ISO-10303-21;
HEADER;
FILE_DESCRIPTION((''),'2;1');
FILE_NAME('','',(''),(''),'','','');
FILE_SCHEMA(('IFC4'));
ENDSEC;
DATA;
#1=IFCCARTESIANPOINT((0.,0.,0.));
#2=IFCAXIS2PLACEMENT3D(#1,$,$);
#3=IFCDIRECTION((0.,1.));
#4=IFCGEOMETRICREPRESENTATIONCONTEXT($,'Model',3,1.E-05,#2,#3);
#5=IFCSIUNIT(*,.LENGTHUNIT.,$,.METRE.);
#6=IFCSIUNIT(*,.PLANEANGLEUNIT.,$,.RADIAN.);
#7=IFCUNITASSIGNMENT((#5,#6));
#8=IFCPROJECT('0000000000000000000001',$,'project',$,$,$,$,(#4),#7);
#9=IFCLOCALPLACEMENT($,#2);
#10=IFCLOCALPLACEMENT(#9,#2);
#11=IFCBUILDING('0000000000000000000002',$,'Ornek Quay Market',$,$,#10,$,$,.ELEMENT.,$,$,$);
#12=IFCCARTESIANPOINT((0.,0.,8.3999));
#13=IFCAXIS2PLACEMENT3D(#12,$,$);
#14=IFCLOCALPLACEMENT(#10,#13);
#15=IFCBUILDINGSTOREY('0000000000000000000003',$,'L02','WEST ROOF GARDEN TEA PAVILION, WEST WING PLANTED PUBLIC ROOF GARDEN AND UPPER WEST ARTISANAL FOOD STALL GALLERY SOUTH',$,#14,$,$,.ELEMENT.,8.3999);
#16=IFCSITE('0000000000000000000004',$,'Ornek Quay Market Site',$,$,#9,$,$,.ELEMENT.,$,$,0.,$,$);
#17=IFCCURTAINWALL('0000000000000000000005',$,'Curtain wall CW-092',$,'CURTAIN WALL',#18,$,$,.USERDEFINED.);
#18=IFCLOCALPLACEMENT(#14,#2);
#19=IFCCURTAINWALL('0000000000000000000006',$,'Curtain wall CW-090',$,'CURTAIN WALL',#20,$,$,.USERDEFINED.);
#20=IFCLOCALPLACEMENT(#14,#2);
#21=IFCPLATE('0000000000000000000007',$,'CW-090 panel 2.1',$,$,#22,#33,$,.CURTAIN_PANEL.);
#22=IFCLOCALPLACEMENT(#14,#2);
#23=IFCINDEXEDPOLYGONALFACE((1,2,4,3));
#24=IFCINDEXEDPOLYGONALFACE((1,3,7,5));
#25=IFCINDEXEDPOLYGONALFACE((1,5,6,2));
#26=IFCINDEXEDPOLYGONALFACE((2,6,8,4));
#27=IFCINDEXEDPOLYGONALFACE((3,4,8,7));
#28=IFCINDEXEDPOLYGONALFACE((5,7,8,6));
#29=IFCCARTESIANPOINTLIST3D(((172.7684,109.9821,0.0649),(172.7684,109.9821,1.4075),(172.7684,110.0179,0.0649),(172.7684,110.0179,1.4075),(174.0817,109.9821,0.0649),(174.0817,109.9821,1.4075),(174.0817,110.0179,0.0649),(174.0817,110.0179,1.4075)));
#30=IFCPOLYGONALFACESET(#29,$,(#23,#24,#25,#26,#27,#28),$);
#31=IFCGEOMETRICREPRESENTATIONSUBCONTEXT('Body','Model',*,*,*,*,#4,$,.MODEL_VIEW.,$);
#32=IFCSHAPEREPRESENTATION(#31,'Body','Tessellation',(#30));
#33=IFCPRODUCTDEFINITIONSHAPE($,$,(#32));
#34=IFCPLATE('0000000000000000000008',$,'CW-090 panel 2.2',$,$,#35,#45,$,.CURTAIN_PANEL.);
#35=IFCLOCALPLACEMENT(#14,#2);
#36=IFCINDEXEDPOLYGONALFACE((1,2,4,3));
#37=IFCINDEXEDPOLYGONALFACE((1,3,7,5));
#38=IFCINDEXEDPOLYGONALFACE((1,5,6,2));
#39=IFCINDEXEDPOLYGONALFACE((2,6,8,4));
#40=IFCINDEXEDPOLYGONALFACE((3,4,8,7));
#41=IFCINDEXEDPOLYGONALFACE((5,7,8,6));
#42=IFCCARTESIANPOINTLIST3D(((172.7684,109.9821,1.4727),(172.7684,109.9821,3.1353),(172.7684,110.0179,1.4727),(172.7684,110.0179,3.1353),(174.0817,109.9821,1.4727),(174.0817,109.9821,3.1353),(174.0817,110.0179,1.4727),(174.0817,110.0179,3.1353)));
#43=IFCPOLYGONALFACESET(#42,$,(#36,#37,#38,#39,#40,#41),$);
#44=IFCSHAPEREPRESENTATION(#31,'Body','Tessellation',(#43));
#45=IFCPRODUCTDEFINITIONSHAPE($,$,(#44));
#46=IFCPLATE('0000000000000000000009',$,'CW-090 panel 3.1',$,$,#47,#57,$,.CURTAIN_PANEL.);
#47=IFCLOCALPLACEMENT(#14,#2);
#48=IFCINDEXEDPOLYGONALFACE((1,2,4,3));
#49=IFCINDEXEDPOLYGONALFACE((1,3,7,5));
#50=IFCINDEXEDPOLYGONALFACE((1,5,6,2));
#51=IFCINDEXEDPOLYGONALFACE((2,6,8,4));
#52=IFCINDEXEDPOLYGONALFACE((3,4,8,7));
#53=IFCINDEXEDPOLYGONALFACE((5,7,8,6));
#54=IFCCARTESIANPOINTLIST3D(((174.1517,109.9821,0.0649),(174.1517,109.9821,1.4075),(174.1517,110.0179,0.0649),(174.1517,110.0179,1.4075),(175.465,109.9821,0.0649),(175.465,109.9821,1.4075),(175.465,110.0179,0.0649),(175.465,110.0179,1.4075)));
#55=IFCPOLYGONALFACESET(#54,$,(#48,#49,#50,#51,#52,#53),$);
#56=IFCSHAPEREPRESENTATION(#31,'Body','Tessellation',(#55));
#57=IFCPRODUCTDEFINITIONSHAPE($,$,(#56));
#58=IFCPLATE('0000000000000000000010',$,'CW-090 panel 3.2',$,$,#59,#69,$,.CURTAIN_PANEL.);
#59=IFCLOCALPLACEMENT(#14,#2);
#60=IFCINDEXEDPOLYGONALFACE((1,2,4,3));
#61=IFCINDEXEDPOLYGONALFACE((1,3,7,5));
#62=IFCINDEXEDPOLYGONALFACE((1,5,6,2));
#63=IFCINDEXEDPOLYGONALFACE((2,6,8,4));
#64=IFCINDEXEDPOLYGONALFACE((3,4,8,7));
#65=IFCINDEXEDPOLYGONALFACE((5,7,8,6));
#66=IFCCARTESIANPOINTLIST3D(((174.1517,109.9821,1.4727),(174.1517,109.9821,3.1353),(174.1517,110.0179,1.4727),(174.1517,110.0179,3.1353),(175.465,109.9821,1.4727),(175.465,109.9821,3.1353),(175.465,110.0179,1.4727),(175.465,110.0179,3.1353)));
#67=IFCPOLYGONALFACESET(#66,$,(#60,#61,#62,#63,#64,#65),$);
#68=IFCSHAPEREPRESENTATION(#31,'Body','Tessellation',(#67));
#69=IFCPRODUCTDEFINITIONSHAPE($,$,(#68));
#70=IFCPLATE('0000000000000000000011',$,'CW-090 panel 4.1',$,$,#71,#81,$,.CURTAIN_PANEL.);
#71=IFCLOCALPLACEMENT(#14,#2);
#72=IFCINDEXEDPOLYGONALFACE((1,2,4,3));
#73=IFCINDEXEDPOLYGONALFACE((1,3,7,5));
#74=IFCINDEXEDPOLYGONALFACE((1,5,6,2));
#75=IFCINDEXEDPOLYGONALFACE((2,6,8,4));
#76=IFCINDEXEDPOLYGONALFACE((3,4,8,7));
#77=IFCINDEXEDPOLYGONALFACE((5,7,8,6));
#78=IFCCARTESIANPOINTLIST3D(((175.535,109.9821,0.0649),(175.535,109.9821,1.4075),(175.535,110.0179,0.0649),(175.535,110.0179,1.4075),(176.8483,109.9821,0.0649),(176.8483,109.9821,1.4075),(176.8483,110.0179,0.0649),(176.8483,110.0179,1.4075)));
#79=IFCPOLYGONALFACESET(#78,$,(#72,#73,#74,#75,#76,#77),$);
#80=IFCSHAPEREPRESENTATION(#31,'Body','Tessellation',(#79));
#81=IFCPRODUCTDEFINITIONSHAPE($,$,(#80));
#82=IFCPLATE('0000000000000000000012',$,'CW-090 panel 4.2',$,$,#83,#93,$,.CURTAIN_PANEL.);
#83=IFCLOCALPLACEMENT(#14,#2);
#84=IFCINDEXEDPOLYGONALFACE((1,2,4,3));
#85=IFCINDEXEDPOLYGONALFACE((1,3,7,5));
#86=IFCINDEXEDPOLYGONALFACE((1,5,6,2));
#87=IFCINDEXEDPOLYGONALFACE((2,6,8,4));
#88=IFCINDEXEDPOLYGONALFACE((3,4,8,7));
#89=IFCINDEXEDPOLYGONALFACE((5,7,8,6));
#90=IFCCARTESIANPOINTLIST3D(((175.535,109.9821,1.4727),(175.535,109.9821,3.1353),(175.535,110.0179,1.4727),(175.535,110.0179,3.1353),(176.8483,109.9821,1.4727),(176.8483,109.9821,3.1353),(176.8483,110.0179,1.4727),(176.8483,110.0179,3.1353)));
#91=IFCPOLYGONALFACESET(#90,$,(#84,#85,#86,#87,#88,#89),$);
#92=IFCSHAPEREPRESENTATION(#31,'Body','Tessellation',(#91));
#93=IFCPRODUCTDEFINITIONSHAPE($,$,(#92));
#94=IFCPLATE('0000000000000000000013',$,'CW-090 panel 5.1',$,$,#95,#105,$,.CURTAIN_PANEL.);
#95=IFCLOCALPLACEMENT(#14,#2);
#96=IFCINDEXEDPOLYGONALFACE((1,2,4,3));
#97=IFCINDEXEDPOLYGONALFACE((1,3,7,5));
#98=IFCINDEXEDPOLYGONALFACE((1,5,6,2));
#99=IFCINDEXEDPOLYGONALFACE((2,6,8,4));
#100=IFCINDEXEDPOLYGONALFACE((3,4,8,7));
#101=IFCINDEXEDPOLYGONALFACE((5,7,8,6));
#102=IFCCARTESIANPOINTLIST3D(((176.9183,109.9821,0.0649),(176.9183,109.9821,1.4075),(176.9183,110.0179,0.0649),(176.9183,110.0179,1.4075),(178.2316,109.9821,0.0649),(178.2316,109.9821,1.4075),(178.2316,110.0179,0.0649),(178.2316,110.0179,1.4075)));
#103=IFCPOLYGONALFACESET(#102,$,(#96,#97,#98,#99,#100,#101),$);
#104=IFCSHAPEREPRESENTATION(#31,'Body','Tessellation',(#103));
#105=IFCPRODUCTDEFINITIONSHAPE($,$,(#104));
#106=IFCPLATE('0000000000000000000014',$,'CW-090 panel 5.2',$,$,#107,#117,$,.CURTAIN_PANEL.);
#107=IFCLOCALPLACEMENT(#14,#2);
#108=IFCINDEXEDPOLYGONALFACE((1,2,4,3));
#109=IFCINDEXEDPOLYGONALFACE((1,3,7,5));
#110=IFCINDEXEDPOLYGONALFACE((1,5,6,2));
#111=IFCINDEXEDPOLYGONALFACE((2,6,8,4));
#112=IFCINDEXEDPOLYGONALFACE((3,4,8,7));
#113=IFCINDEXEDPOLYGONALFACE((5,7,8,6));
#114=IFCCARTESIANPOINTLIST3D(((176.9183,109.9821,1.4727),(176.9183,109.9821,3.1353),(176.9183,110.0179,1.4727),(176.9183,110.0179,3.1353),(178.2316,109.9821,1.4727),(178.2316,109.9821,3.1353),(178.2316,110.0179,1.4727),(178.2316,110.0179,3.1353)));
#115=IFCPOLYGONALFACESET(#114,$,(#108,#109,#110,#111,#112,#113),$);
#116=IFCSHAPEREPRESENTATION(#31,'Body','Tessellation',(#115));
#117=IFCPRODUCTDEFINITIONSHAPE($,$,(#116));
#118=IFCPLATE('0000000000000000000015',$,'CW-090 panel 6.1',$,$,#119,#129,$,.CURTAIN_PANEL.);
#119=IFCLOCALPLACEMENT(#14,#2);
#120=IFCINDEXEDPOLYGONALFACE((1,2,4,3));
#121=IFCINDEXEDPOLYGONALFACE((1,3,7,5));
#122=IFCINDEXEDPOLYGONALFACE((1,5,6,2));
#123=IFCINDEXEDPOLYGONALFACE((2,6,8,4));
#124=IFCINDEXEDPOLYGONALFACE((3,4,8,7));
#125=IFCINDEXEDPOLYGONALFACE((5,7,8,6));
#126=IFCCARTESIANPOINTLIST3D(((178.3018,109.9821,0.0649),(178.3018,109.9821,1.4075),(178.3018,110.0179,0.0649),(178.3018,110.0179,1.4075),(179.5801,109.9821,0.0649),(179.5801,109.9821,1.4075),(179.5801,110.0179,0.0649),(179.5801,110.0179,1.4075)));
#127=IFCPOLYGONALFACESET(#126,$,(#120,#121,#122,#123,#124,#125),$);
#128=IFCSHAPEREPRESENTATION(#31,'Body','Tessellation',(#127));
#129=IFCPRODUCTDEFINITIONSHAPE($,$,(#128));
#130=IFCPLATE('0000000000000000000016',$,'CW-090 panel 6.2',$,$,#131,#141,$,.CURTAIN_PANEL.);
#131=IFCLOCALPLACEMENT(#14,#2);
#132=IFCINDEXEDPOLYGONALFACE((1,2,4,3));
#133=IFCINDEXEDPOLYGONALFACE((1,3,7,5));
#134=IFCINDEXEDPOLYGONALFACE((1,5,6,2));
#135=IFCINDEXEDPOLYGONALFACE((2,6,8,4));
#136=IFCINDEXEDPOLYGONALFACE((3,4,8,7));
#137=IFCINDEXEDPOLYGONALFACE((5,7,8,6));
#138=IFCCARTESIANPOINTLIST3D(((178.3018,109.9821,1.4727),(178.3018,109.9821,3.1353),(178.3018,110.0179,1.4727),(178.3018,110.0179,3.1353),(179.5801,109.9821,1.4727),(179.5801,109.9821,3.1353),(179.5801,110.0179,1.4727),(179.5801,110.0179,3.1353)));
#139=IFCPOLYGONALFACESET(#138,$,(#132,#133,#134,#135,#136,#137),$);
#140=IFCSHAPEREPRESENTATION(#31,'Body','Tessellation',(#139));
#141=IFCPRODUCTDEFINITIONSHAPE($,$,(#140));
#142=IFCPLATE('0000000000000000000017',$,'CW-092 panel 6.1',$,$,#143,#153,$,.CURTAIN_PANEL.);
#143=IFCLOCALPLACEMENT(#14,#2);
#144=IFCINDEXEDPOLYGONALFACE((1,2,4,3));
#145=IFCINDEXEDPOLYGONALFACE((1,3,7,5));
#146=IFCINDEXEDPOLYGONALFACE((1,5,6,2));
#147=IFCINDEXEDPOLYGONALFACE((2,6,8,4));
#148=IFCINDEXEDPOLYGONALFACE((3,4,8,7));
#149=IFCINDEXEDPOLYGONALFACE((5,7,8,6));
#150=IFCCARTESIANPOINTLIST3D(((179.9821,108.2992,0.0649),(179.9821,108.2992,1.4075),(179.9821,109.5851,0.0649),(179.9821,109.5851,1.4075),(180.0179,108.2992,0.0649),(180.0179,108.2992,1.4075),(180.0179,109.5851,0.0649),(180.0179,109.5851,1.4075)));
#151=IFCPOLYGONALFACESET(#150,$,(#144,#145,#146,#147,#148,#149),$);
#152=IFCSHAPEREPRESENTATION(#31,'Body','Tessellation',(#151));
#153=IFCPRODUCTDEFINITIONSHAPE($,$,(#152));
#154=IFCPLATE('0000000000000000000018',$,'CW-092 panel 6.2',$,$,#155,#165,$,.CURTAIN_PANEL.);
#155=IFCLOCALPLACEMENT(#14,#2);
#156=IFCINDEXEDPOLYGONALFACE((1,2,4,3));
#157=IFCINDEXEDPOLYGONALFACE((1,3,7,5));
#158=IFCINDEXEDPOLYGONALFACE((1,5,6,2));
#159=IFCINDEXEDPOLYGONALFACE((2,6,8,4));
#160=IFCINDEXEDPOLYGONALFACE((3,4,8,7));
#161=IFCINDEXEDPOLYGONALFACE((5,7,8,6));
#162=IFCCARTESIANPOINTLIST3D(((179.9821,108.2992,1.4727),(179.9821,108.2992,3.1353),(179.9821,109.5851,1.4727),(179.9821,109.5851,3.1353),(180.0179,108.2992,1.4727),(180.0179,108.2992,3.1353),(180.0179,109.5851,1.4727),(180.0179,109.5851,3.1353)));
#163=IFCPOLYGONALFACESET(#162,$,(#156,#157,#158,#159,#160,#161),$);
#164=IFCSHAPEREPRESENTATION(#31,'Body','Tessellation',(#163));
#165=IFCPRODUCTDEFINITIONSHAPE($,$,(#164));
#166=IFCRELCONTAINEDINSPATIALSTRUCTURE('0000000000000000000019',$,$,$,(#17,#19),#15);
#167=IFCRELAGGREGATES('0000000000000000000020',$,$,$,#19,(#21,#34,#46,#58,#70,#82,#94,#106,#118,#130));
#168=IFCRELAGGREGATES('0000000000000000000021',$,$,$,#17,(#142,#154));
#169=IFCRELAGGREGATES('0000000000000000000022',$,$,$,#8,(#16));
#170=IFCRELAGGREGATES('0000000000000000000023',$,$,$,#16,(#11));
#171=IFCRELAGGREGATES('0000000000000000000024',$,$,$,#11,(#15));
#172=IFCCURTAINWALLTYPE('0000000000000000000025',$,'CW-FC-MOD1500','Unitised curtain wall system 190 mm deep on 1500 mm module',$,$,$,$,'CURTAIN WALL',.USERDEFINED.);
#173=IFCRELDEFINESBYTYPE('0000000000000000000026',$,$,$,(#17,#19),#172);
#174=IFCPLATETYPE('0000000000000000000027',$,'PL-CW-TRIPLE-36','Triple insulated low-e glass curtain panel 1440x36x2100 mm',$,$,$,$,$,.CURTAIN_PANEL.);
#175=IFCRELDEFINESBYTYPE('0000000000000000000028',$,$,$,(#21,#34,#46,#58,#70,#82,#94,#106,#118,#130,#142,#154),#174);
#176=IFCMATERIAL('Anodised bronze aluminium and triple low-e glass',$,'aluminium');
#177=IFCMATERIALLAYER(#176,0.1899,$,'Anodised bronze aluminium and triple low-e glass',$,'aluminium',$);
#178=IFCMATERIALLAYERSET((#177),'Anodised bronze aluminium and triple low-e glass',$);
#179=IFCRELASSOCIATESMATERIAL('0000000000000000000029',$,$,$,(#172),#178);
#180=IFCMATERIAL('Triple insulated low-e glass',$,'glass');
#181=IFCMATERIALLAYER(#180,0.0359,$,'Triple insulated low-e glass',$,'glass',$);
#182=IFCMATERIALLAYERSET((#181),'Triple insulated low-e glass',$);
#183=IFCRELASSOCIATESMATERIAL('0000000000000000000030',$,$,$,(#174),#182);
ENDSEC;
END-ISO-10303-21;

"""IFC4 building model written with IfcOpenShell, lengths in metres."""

from ifc_helpers import new_model, si_unit, direction, frame, origin, origin_2d, place, context, subcontext, project, spatial, rectangle, extrude, material, layer, layer_set, type_object, element, aggregate, save


model = new_model("IFC4")

# Units and contexts
model_context = context("Model", 3, precision=1e-05, world=origin(), true_north=direction((0.0, 1.0)))
body_context = subcontext(model_context, "Body", "Model", "MODEL_VIEW")
ifc_project = project(units=[si_unit("LENGTHUNIT", "METRE"), si_unit("PLANEANGLEUNIT", "RADIAN")], contexts=[model_context])

# Site, building, storey
site_placement = place(None, origin())
site = spatial("IfcSite", under=ifc_project, at=site_placement, Name="Ornek Quay Market Site", CompositionType="ELEMENT", RefElevation=0.0)
building_placement = place(site_placement, origin())
building = spatial("IfcBuilding", under=site, at=building_placement, Name="Ornek Quay Market", CompositionType="ELEMENT")
storey_placement = place(building_placement, frame((0.0, 0.0, 8.3999)))
storey = spatial("IfcBuildingStorey", under=building, at=storey_placement, Name="L02", Description="WEST ROOF GARDEN TEA PAVILION, WEST WING PLANTED PUBLIC ROOF GARDEN AND UPPER WEST ARTISANAL FOOD STALL GALLERY SOUTH", CompositionType="ELEMENT", Elevation=8.3999)

# Curtain wall
ifc_material_1 = material(Name="Anodised bronze aluminium and triple low-e glass", Category="aluminium")
ifc_layer_1 = layer(ifc_material_1, 0.1899, Name="Anodised bronze aluminium and triple low-e glass", Category="aluminium")
ifc_layer_set_1 = layer_set([ifc_layer_1], Name="Anodised bronze aluminium and triple low-e glass")
curtain_wall_type = type_object("IfcCurtainWallType", Name="CW-FC-MOD1500", Description="Unitised curtain wall system 190 mm deep on 1500 mm module", ElementType="CURTAIN WALL", PredefinedType="USERDEFINED", material=ifc_layer_set_1)
curtain_wall_1_placement = place(storey_placement, origin())
curtain_wall_1 = element("IfcCurtainWall", 1, at=curtain_wall_1_placement, inside=storey, type_object=curtain_wall_type, Name="Curtain wall CW-092", ObjectType="CURTAIN WALL", PredefinedType="USERDEFINED")

# Curtain wall, plates
curtain_wall_2_placement = place(storey_placement, origin())
curtain_wall_2 = element("IfcCurtainWall", 2, at=curtain_wall_2_placement, inside=storey, type_object=curtain_wall_type, Name="Curtain wall CW-090", ObjectType="CURTAIN WALL", PredefinedType="USERDEFINED")
ifc_material_2 = material(Name="Triple insulated low-e glass", Category="glass")
ifc_layer_2 = layer(ifc_material_2, 0.0359, Name="Triple insulated low-e glass", Category="glass")
ifc_layer_set_2 = layer_set([ifc_layer_2], Name="Triple insulated low-e glass")
plate_type = type_object("IfcPlateType", Name="PL-CW-TRIPLE-36", Description="Triple insulated low-e glass curtain panel 1440x36x2100 mm", PredefinedType="CURTAIN_PANEL", material=ifc_layer_set_2)
plate_1_placement = place(storey_placement, frame((173.425, 110.0, 0.0649), z_axis=(0.0, 0.0, 1.0), x_axis=(1.0, 0.0, 0.0)))
plate_1 = element("IfcPlate", 3, at=plate_1_placement, type_object=plate_type, Name="CW-090 panel 2.1", PredefinedType="CURTAIN_PANEL", context=body_context, shape_type="SweptSolid", body=[
    extrude(rectangle(XDim=1.3132, YDim=0.0359, at=origin_2d()), origin(), (0.0, 0.0, 1.0), 1.3425),
])
plate_2_placement = place(storey_placement, frame((173.425, 110.0, 1.4727), z_axis=(0.0, 0.0, 1.0), x_axis=(1.0, 0.0, 0.0)))
plate_2 = element("IfcPlate", 4, at=plate_2_placement, type_object=plate_type, Name="CW-090 panel 2.2", PredefinedType="CURTAIN_PANEL", context=body_context, shape_type="SweptSolid", body=[
    extrude(rectangle(XDim=1.3132, YDim=0.0359, at=origin_2d()), origin(), (0.0, 0.0, 1.0), 1.6626),
])
plate_3_placement = place(storey_placement, frame((174.8083, 110.0, 0.0649), z_axis=(0.0, 0.0, 1.0), x_axis=(1.0, 0.0, 0.0)))
plate_3 = element("IfcPlate", 5, at=plate_3_placement, type_object=plate_type, Name="CW-090 panel 3.1", PredefinedType="CURTAIN_PANEL", context=body_context, shape_type="SweptSolid", body=[
    extrude(rectangle(XDim=1.3132, YDim=0.0359, at=origin_2d()), origin(), (0.0, 0.0, 1.0), 1.3425),
])
plate_4_placement = place(storey_placement, frame((174.8083, 110.0, 1.4727), z_axis=(0.0, 0.0, 1.0), x_axis=(1.0, 0.0, 0.0)))
plate_4 = element("IfcPlate", 6, at=plate_4_placement, type_object=plate_type, Name="CW-090 panel 3.2", PredefinedType="CURTAIN_PANEL", context=body_context, shape_type="SweptSolid", body=[
    extrude(rectangle(XDim=1.3132, YDim=0.0359, at=origin_2d()), origin(), (0.0, 0.0, 1.0), 1.6626),
])
plate_5_placement = place(storey_placement, frame((176.1917, 110.0, 0.0649), z_axis=(0.0, 0.0, 1.0), x_axis=(1.0, 0.0, 0.0)))
plate_5 = element("IfcPlate", 7, at=plate_5_placement, type_object=plate_type, Name="CW-090 panel 4.1", PredefinedType="CURTAIN_PANEL", context=body_context, shape_type="SweptSolid", body=[
    extrude(rectangle(XDim=1.3132, YDim=0.0359, at=origin_2d()), origin(), (0.0, 0.0, 1.0), 1.3425),
])
plate_6_placement = place(storey_placement, frame((176.1917, 110.0, 1.4727), z_axis=(0.0, 0.0, 1.0), x_axis=(1.0, 0.0, 0.0)))
plate_6 = element("IfcPlate", 8, at=plate_6_placement, type_object=plate_type, Name="CW-090 panel 4.2", PredefinedType="CURTAIN_PANEL", context=body_context, shape_type="SweptSolid", body=[
    extrude(rectangle(XDim=1.3132, YDim=0.0359, at=origin_2d()), origin(), (0.0, 0.0, 1.0), 1.6626),
])
plate_7_placement = place(storey_placement, frame((177.575, 110.0, 0.0649), z_axis=(0.0, 0.0, 1.0), x_axis=(1.0, 0.0, 0.0)))
plate_7 = element("IfcPlate", 9, at=plate_7_placement, type_object=plate_type, Name="CW-090 panel 5.1", PredefinedType="CURTAIN_PANEL", context=body_context, shape_type="SweptSolid", body=[
    extrude(rectangle(XDim=1.3132, YDim=0.0359, at=origin_2d()), origin(), (0.0, 0.0, 1.0), 1.3425),
])
plate_8_placement = place(storey_placement, frame((177.575, 110.0, 1.4727), z_axis=(0.0, 0.0, 1.0), x_axis=(1.0, 0.0, 0.0)))
plate_8 = element("IfcPlate", 10, at=plate_8_placement, type_object=plate_type, Name="CW-090 panel 5.2", PredefinedType="CURTAIN_PANEL", context=body_context, shape_type="SweptSolid", body=[
    extrude(rectangle(XDim=1.3132, YDim=0.0359, at=origin_2d()), origin(), (0.0, 0.0, 1.0), 1.6626),
])
plate_9_placement = place(storey_placement, frame((178.9409, 110.0, 0.0649), z_axis=(0.0, 0.0, 1.0), x_axis=(1.0, 0.0, 0.0)))
plate_9 = element("IfcPlate", 11, at=plate_9_placement, type_object=plate_type, Name="CW-090 panel 6.1", PredefinedType="CURTAIN_PANEL", context=body_context, shape_type="SweptSolid", body=[
    extrude(rectangle(XDim=1.2783, YDim=0.0359, at=origin_2d()), origin(), (0.0, 0.0, 1.0), 1.3425),
])
plate_10_placement = place(storey_placement, frame((178.9409, 110.0, 1.4727), z_axis=(0.0, 0.0, 1.0), x_axis=(1.0, 0.0, 0.0)))
plate_10 = element("IfcPlate", 12, at=plate_10_placement, type_object=plate_type, Name="CW-090 panel 6.2", PredefinedType="CURTAIN_PANEL", context=body_context, shape_type="SweptSolid", body=[
    extrude(rectangle(XDim=1.2783, YDim=0.0359, at=origin_2d()), origin(), (0.0, 0.0, 1.0), 1.6626),
])
aggregate(curtain_wall_2, [plate_1, plate_2, plate_3, plate_4, plate_5, plate_6, plate_7, plate_8, plate_9, plate_10])

# Plates
plate_11_placement = place(storey_placement, frame((180.0, 108.9421, 0.0649), z_axis=(0.0, 0.0, 1.0), x_axis=(0.0, 1.0, 0.0)))
plate_11 = element("IfcPlate", 13, at=plate_11_placement, type_object=plate_type, Name="CW-092 panel 6.1", PredefinedType="CURTAIN_PANEL", context=body_context, shape_type="SweptSolid", body=[
    extrude(rectangle(XDim=1.2859, YDim=0.0359, at=origin_2d()), origin(), (0.0, 0.0, 1.0), 1.3425),
])
plate_12_placement = place(storey_placement, frame((180.0, 108.9421, 1.4727), z_axis=(0.0, 0.0, 1.0), x_axis=(0.0, 1.0, 0.0)))
plate_12 = element("IfcPlate", 14, at=plate_12_placement, type_object=plate_type, Name="CW-092 panel 6.2", PredefinedType="CURTAIN_PANEL", context=body_context, shape_type="SweptSolid", body=[
    extrude(rectangle(XDim=1.2859, YDim=0.0359, at=origin_2d()), origin(), (0.0, 0.0, 1.0), 1.6626),
])
aggregate(curtain_wall_1, [plate_11, plate_12])

save(model, "model.ifc")
